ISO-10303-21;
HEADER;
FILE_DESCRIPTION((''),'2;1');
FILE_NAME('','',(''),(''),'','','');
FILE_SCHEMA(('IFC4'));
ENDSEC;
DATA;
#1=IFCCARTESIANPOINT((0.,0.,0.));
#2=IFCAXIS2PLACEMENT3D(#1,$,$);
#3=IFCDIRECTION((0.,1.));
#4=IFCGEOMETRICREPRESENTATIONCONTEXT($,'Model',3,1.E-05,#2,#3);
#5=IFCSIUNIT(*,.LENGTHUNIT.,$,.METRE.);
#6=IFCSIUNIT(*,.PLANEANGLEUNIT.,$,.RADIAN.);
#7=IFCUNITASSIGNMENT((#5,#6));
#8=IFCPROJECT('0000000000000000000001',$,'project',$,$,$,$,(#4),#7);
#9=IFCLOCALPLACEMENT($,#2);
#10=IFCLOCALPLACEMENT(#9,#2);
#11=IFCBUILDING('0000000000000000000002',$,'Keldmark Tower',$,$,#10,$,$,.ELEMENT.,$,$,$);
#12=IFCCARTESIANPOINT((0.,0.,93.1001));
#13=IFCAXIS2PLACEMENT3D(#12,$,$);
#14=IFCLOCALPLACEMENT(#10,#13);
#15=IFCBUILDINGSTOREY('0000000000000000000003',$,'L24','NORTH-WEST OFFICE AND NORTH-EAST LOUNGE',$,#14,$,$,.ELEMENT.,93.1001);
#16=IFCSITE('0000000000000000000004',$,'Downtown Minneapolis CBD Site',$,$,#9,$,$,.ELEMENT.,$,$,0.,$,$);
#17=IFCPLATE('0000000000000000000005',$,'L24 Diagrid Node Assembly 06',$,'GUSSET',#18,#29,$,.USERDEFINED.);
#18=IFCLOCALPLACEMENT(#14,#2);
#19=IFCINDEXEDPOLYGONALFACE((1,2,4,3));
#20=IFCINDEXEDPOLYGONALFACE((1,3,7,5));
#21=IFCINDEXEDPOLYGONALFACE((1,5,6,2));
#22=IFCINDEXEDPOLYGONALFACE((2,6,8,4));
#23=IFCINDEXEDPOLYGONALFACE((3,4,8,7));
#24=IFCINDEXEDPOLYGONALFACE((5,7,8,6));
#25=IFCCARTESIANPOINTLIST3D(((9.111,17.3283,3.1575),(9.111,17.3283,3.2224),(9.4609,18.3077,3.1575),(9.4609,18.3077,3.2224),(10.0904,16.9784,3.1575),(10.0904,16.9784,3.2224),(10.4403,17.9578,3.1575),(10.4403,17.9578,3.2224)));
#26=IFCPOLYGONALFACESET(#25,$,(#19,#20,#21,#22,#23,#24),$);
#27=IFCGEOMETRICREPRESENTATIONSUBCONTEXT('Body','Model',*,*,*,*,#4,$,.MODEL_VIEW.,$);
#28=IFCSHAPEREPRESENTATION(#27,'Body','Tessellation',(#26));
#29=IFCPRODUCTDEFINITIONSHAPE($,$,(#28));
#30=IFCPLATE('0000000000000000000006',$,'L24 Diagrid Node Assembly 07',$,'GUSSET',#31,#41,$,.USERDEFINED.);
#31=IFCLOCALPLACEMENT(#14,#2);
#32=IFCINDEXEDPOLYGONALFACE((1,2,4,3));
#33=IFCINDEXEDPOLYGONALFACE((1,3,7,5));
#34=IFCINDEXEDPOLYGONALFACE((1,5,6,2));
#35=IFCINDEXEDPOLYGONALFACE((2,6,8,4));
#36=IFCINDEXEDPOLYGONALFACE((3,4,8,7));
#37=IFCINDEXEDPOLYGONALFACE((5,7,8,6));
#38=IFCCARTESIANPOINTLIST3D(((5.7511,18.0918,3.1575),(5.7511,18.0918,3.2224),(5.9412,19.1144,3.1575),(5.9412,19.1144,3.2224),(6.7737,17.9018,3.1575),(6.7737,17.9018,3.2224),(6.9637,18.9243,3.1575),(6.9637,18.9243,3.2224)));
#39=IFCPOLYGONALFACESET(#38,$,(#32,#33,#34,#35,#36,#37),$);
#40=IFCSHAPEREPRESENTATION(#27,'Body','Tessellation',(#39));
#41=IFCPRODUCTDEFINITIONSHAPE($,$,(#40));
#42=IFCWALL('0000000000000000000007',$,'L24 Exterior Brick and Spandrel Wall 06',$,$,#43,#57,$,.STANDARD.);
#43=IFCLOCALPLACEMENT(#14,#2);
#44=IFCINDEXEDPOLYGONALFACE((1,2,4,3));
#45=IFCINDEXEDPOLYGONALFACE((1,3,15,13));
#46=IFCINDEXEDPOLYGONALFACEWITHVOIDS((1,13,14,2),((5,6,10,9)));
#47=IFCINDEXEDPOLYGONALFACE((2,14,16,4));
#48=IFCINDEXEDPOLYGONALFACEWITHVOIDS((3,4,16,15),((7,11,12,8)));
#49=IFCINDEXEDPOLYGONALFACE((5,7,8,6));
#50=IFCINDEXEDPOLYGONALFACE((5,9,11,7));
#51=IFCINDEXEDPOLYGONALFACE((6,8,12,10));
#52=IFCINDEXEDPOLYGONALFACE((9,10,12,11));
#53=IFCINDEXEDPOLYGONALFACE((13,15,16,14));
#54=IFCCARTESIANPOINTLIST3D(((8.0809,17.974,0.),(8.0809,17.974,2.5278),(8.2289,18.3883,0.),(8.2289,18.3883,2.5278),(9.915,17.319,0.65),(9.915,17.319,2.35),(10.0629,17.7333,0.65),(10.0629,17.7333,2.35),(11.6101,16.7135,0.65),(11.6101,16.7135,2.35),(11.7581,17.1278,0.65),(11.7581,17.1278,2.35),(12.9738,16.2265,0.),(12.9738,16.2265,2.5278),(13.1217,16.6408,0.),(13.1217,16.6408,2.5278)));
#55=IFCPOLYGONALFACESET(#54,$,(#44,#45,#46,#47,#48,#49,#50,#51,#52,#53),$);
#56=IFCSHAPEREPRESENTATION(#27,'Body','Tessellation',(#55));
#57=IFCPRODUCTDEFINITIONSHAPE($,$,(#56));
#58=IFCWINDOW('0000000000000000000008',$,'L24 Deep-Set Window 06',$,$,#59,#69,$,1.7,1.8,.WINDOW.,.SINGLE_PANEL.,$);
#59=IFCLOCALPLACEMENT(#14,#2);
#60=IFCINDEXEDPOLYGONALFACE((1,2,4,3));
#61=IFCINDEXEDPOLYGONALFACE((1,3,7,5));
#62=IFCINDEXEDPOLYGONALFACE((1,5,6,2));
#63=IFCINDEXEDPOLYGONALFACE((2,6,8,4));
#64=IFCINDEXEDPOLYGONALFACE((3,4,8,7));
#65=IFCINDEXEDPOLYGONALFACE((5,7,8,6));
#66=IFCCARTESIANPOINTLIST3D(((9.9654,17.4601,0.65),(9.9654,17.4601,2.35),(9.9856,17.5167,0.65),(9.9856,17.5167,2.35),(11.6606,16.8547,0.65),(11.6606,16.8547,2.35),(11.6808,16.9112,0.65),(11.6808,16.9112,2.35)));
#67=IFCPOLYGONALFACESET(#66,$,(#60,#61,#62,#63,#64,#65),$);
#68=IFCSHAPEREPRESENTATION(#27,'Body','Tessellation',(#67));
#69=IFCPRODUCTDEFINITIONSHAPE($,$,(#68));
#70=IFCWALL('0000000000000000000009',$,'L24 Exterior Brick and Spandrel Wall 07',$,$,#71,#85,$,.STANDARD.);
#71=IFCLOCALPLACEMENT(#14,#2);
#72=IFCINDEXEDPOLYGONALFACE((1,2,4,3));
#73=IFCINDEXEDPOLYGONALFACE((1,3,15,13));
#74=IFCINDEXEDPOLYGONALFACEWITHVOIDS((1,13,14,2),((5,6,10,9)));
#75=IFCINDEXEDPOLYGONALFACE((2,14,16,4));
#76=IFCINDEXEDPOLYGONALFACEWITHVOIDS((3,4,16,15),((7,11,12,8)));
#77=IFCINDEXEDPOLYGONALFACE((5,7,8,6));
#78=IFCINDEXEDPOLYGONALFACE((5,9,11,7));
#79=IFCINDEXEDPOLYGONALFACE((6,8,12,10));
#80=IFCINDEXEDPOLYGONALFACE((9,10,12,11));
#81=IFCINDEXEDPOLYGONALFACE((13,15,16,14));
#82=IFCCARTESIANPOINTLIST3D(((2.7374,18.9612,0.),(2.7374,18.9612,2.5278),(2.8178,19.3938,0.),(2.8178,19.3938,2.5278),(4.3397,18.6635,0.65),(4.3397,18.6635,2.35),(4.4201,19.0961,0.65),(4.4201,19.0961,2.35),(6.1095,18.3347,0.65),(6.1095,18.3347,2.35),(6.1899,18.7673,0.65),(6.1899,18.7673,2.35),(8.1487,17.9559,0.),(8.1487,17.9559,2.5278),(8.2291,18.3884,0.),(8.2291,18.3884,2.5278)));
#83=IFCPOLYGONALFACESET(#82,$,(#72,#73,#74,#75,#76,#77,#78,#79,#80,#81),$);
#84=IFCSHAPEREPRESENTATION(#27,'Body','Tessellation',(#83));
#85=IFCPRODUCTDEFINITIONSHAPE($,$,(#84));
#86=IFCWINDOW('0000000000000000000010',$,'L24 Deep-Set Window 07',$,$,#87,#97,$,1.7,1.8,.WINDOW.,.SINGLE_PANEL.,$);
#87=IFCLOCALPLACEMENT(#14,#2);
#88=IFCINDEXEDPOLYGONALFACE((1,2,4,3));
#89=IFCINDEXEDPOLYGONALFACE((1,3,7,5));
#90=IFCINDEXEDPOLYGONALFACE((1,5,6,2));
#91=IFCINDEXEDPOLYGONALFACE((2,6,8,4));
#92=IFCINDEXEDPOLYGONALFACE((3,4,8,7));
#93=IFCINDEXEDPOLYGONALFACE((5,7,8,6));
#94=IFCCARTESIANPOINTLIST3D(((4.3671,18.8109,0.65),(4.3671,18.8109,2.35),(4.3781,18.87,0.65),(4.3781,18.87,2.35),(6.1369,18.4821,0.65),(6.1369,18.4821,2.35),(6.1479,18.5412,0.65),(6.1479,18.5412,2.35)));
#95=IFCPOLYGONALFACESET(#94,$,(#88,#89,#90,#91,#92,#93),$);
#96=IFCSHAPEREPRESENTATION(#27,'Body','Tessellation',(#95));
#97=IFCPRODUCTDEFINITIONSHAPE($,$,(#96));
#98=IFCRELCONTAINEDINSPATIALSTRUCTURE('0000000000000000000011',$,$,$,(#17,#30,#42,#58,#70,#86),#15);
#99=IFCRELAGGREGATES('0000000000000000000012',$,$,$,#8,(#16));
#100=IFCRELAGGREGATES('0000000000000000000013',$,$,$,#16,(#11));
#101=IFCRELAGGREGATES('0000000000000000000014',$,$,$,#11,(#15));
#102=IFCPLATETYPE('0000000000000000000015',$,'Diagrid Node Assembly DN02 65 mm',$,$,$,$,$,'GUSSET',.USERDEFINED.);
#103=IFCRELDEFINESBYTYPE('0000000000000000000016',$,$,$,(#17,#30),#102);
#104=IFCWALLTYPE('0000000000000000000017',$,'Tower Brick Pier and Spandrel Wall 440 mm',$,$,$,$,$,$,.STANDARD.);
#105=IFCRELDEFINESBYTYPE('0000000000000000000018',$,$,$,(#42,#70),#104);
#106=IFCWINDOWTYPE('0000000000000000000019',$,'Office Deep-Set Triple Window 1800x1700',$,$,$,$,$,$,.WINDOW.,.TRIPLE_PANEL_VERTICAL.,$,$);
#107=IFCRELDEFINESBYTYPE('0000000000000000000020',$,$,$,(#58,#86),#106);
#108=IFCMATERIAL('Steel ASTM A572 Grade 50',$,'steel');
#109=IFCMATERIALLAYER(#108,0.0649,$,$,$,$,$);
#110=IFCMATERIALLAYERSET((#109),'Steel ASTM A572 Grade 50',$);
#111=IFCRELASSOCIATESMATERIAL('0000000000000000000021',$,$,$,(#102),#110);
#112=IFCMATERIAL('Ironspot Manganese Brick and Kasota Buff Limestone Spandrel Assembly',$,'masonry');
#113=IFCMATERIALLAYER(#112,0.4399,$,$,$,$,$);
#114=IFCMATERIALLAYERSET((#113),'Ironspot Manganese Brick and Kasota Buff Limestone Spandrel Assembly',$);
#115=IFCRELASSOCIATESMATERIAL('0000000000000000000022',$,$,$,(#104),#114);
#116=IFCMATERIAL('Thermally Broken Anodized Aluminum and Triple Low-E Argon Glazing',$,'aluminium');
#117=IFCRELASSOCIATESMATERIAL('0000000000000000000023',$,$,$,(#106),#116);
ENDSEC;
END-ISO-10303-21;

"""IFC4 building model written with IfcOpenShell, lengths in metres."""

from ifc_helpers import new_model, si_unit, direction, frame, frame_2d, origin, origin_2d, place, context, subcontext, project, spatial, rectangle, extrude, material, layer, layer_set, type_object, element, fill, save


model = new_model("IFC4")

# Units and contexts
model_context = context("Model", 3, precision=1e-05, world=origin(), true_north=direction((0.0, 1.0)))
body_context = subcontext(model_context, "Body", "Model", "MODEL_VIEW")
ifc_project = project(units=[si_unit("LENGTHUNIT", "METRE"), si_unit("PLANEANGLEUNIT", "RADIAN")], contexts=[model_context])

# Site, building, storey
site_placement = place(None, origin())
site = spatial("IfcSite", under=ifc_project, at=site_placement, Name="Downtown Minneapolis CBD Site", CompositionType="ELEMENT", RefElevation=0.0)
building_placement = place(site_placement, origin())
building = spatial("IfcBuilding", under=site, at=building_placement, Name="Keldmark Tower", CompositionType="ELEMENT")
storey_placement = place(building_placement, frame((0.0, 0.0, 93.1001)))
storey = spatial("IfcBuildingStorey", under=building, at=storey_placement, Name="L24", Description="NORTH-WEST OFFICE AND NORTH-EAST LOUNGE", CompositionType="ELEMENT", Elevation=93.1001)

# Plates
ifc_material_1 = material(Name="Steel ASTM A572 Grade 50", Category="steel")
ifc_layer_1 = layer(ifc_material_1, 0.0649)
ifc_layer_set_1 = layer_set([ifc_layer_1], Name="Steel ASTM A572 Grade 50")
plate_type_1 = type_object("IfcPlateType", Name="Diagrid Node Assembly DN02 65 mm", ElementType="GUSSET", PredefinedType="USERDEFINED", material=ifc_layer_set_1)
for number, where, z_axis, x_axis, name in (
    (1, (9.7756, 17.6431, 3.1575), (0.0, 0.0, 1.0), (-0.941706, 0.336438, 0.0), "L24 Diagrid Node Assembly 06"),
    (2, (6.3574, 18.5081, 3.1575), (0.0, 0.0, 1.0), (-0.983159, 0.18275, 0.0), "L24 Diagrid Node Assembly 07"),
):
    element("IfcPlate", number, at=place(storey_placement, frame(where, z_axis=z_axis, x_axis=x_axis)), inside=storey, type_object=plate_type_1, Name=name, ObjectType="GUSSET", PredefinedType="USERDEFINED", context=body_context, shape_type="SweptSolid", body=[
        extrude(rectangle(XDim=1.04, YDim=1.04, at=origin_2d()), origin(), (0.0, 0.0, 1.0), 0.0649),
    ])

# Walls, openings, windows
ifc_material_2 = material(Name="Ironspot Manganese Brick and Kasota Buff Limestone Spandrel Assembly", Category="masonry")
ifc_layer_2 = layer(ifc_material_2, 0.4399)
ifc_layer_set_2 = layer_set([ifc_layer_2], Name="Ironspot Manganese Brick and Kasota Buff Limestone Spandrel Assembly")
wall_type = type_object("IfcWallType", Name="Tower Brick Pier and Spandrel Wall 440 mm", PredefinedType="STANDARD", material=ifc_layer_set_2)
wall_1_placement = place(storey_placement, frame((8.155, 18.1812, 0.0), z_axis=(0.0, 0.0, 1.0), x_axis=(0.941734, -0.336357, 0.0)))
wall_1 = element("IfcWall", 3, at=wall_1_placement, inside=storey, type_object=wall_type, Name="L24 Exterior Brick and Spandrel Wall 06", PredefinedType="STANDARD", context=body_context, shape_type="SweptSolid", body=[
    extrude(rectangle(XDim=5.1956, YDim=0.4399, at=frame_2d((2.5977, 0.0))), origin(), (0.0, 0.0, 1.0), 2.5278),
])
opening_1_placement = place(wall_1_placement, frame((1.9475, 0.0, 0.6499)))
opening_1 = element("IfcOpeningElement", 4, at=opening_1_placement, cuts=wall_1, PredefinedType="OPENING", context=body_context, shape_type="SweptSolid", body=[
    extrude(rectangle(XDim=1.8, YDim=1.7, at=frame_2d((0.8999, 0.8501))), frame((0.0, 0.23, 0.0), z_axis=(0.0, -1.0, 0.0), x_axis=(1.0, 0.0, 0.0)), (0.0, 0.0, 1.0), 0.46),
])
ifc_material_3 = material(Name="Thermally Broken Anodized Aluminum and Triple Low-E Argon Glazing", Category="aluminium")
window_type = type_object("IfcWindowType", Name="Office Deep-Set Triple Window 1800x1700", PartitioningType="TRIPLE_PANEL_VERTICAL", PredefinedType="WINDOW", material=ifc_material_3)
window_1_placement = place(opening_1_placement, origin())
window_1 = element("IfcWindow", 5, at=window_1_placement, inside=storey, type_object=window_type, Name="L24 Deep-Set Window 06", OverallHeight=1.7, OverallWidth=1.8, PartitioningType="SINGLE_PANEL", PredefinedType="WINDOW", context=body_context, shape_type="SweptSolid", body=[
    extrude(rectangle(XDim=1.8, YDim=1.7, at=frame_2d((0.8999, 0.8501))), frame((0.0, -0.01, 0.0), z_axis=(0.0, -1.0, 0.0), x_axis=(1.0, 0.0, 0.0)), (0.0, 0.0, 1.0), 0.0601),
])
fill(opening_1, window_1)
wall_2_placement = place(storey_placement, frame((2.7776, 19.1775, 0.0), z_axis=(0.0, 0.0, 1.0), x_axis=(0.983176, -0.182663, 0.0)))
wall_2 = element("IfcWall", 6, at=wall_2_placement, inside=storey, type_object=wall_type, Name="L24 Exterior Brick and Spandrel Wall 07", PredefinedType="STANDARD", context=body_context, shape_type="SweptSolid", body=[
    extrude(rectangle(XDim=5.5039, YDim=0.4399, at=frame_2d((2.752, 0.0))), origin(), (0.0, 0.0, 1.0), 2.5278),
])
opening_2_placement = place(wall_2_placement, frame((1.6299, 0.0, 0.6499)))
opening_2 = element("IfcOpeningElement", 7, at=opening_2_placement, cuts=wall_2, PredefinedType="OPENING", context=body_context, shape_type="SweptSolid", body=[
    extrude(rectangle(XDim=1.8, YDim=1.7, at=frame_2d((0.8999, 0.8501))), frame((0.0, 0.23, 0.0), z_axis=(0.0, -1.0, 0.0), x_axis=(1.0, 0.0, 0.0)), (0.0, 0.0, 1.0), 0.46),
])
window_2_placement = place(opening_2_placement, origin())
window_2 = element("IfcWindow", 8, at=window_2_placement, inside=storey, type_object=window_type, Name="L24 Deep-Set Window 07", OverallHeight=1.7, OverallWidth=1.8, PartitioningType="SINGLE_PANEL", PredefinedType="WINDOW", context=body_context, shape_type="SweptSolid", body=[
    extrude(rectangle(XDim=1.8, YDim=1.7, at=frame_2d((0.8999, 0.8501))), frame((0.0, -0.01, 0.0), z_axis=(0.0, -1.0, 0.0), x_axis=(1.0, 0.0, 0.0)), (0.0, 0.0, 1.0), 0.0601),
])
fill(opening_2, window_2)

save(model, "model.ifc")
